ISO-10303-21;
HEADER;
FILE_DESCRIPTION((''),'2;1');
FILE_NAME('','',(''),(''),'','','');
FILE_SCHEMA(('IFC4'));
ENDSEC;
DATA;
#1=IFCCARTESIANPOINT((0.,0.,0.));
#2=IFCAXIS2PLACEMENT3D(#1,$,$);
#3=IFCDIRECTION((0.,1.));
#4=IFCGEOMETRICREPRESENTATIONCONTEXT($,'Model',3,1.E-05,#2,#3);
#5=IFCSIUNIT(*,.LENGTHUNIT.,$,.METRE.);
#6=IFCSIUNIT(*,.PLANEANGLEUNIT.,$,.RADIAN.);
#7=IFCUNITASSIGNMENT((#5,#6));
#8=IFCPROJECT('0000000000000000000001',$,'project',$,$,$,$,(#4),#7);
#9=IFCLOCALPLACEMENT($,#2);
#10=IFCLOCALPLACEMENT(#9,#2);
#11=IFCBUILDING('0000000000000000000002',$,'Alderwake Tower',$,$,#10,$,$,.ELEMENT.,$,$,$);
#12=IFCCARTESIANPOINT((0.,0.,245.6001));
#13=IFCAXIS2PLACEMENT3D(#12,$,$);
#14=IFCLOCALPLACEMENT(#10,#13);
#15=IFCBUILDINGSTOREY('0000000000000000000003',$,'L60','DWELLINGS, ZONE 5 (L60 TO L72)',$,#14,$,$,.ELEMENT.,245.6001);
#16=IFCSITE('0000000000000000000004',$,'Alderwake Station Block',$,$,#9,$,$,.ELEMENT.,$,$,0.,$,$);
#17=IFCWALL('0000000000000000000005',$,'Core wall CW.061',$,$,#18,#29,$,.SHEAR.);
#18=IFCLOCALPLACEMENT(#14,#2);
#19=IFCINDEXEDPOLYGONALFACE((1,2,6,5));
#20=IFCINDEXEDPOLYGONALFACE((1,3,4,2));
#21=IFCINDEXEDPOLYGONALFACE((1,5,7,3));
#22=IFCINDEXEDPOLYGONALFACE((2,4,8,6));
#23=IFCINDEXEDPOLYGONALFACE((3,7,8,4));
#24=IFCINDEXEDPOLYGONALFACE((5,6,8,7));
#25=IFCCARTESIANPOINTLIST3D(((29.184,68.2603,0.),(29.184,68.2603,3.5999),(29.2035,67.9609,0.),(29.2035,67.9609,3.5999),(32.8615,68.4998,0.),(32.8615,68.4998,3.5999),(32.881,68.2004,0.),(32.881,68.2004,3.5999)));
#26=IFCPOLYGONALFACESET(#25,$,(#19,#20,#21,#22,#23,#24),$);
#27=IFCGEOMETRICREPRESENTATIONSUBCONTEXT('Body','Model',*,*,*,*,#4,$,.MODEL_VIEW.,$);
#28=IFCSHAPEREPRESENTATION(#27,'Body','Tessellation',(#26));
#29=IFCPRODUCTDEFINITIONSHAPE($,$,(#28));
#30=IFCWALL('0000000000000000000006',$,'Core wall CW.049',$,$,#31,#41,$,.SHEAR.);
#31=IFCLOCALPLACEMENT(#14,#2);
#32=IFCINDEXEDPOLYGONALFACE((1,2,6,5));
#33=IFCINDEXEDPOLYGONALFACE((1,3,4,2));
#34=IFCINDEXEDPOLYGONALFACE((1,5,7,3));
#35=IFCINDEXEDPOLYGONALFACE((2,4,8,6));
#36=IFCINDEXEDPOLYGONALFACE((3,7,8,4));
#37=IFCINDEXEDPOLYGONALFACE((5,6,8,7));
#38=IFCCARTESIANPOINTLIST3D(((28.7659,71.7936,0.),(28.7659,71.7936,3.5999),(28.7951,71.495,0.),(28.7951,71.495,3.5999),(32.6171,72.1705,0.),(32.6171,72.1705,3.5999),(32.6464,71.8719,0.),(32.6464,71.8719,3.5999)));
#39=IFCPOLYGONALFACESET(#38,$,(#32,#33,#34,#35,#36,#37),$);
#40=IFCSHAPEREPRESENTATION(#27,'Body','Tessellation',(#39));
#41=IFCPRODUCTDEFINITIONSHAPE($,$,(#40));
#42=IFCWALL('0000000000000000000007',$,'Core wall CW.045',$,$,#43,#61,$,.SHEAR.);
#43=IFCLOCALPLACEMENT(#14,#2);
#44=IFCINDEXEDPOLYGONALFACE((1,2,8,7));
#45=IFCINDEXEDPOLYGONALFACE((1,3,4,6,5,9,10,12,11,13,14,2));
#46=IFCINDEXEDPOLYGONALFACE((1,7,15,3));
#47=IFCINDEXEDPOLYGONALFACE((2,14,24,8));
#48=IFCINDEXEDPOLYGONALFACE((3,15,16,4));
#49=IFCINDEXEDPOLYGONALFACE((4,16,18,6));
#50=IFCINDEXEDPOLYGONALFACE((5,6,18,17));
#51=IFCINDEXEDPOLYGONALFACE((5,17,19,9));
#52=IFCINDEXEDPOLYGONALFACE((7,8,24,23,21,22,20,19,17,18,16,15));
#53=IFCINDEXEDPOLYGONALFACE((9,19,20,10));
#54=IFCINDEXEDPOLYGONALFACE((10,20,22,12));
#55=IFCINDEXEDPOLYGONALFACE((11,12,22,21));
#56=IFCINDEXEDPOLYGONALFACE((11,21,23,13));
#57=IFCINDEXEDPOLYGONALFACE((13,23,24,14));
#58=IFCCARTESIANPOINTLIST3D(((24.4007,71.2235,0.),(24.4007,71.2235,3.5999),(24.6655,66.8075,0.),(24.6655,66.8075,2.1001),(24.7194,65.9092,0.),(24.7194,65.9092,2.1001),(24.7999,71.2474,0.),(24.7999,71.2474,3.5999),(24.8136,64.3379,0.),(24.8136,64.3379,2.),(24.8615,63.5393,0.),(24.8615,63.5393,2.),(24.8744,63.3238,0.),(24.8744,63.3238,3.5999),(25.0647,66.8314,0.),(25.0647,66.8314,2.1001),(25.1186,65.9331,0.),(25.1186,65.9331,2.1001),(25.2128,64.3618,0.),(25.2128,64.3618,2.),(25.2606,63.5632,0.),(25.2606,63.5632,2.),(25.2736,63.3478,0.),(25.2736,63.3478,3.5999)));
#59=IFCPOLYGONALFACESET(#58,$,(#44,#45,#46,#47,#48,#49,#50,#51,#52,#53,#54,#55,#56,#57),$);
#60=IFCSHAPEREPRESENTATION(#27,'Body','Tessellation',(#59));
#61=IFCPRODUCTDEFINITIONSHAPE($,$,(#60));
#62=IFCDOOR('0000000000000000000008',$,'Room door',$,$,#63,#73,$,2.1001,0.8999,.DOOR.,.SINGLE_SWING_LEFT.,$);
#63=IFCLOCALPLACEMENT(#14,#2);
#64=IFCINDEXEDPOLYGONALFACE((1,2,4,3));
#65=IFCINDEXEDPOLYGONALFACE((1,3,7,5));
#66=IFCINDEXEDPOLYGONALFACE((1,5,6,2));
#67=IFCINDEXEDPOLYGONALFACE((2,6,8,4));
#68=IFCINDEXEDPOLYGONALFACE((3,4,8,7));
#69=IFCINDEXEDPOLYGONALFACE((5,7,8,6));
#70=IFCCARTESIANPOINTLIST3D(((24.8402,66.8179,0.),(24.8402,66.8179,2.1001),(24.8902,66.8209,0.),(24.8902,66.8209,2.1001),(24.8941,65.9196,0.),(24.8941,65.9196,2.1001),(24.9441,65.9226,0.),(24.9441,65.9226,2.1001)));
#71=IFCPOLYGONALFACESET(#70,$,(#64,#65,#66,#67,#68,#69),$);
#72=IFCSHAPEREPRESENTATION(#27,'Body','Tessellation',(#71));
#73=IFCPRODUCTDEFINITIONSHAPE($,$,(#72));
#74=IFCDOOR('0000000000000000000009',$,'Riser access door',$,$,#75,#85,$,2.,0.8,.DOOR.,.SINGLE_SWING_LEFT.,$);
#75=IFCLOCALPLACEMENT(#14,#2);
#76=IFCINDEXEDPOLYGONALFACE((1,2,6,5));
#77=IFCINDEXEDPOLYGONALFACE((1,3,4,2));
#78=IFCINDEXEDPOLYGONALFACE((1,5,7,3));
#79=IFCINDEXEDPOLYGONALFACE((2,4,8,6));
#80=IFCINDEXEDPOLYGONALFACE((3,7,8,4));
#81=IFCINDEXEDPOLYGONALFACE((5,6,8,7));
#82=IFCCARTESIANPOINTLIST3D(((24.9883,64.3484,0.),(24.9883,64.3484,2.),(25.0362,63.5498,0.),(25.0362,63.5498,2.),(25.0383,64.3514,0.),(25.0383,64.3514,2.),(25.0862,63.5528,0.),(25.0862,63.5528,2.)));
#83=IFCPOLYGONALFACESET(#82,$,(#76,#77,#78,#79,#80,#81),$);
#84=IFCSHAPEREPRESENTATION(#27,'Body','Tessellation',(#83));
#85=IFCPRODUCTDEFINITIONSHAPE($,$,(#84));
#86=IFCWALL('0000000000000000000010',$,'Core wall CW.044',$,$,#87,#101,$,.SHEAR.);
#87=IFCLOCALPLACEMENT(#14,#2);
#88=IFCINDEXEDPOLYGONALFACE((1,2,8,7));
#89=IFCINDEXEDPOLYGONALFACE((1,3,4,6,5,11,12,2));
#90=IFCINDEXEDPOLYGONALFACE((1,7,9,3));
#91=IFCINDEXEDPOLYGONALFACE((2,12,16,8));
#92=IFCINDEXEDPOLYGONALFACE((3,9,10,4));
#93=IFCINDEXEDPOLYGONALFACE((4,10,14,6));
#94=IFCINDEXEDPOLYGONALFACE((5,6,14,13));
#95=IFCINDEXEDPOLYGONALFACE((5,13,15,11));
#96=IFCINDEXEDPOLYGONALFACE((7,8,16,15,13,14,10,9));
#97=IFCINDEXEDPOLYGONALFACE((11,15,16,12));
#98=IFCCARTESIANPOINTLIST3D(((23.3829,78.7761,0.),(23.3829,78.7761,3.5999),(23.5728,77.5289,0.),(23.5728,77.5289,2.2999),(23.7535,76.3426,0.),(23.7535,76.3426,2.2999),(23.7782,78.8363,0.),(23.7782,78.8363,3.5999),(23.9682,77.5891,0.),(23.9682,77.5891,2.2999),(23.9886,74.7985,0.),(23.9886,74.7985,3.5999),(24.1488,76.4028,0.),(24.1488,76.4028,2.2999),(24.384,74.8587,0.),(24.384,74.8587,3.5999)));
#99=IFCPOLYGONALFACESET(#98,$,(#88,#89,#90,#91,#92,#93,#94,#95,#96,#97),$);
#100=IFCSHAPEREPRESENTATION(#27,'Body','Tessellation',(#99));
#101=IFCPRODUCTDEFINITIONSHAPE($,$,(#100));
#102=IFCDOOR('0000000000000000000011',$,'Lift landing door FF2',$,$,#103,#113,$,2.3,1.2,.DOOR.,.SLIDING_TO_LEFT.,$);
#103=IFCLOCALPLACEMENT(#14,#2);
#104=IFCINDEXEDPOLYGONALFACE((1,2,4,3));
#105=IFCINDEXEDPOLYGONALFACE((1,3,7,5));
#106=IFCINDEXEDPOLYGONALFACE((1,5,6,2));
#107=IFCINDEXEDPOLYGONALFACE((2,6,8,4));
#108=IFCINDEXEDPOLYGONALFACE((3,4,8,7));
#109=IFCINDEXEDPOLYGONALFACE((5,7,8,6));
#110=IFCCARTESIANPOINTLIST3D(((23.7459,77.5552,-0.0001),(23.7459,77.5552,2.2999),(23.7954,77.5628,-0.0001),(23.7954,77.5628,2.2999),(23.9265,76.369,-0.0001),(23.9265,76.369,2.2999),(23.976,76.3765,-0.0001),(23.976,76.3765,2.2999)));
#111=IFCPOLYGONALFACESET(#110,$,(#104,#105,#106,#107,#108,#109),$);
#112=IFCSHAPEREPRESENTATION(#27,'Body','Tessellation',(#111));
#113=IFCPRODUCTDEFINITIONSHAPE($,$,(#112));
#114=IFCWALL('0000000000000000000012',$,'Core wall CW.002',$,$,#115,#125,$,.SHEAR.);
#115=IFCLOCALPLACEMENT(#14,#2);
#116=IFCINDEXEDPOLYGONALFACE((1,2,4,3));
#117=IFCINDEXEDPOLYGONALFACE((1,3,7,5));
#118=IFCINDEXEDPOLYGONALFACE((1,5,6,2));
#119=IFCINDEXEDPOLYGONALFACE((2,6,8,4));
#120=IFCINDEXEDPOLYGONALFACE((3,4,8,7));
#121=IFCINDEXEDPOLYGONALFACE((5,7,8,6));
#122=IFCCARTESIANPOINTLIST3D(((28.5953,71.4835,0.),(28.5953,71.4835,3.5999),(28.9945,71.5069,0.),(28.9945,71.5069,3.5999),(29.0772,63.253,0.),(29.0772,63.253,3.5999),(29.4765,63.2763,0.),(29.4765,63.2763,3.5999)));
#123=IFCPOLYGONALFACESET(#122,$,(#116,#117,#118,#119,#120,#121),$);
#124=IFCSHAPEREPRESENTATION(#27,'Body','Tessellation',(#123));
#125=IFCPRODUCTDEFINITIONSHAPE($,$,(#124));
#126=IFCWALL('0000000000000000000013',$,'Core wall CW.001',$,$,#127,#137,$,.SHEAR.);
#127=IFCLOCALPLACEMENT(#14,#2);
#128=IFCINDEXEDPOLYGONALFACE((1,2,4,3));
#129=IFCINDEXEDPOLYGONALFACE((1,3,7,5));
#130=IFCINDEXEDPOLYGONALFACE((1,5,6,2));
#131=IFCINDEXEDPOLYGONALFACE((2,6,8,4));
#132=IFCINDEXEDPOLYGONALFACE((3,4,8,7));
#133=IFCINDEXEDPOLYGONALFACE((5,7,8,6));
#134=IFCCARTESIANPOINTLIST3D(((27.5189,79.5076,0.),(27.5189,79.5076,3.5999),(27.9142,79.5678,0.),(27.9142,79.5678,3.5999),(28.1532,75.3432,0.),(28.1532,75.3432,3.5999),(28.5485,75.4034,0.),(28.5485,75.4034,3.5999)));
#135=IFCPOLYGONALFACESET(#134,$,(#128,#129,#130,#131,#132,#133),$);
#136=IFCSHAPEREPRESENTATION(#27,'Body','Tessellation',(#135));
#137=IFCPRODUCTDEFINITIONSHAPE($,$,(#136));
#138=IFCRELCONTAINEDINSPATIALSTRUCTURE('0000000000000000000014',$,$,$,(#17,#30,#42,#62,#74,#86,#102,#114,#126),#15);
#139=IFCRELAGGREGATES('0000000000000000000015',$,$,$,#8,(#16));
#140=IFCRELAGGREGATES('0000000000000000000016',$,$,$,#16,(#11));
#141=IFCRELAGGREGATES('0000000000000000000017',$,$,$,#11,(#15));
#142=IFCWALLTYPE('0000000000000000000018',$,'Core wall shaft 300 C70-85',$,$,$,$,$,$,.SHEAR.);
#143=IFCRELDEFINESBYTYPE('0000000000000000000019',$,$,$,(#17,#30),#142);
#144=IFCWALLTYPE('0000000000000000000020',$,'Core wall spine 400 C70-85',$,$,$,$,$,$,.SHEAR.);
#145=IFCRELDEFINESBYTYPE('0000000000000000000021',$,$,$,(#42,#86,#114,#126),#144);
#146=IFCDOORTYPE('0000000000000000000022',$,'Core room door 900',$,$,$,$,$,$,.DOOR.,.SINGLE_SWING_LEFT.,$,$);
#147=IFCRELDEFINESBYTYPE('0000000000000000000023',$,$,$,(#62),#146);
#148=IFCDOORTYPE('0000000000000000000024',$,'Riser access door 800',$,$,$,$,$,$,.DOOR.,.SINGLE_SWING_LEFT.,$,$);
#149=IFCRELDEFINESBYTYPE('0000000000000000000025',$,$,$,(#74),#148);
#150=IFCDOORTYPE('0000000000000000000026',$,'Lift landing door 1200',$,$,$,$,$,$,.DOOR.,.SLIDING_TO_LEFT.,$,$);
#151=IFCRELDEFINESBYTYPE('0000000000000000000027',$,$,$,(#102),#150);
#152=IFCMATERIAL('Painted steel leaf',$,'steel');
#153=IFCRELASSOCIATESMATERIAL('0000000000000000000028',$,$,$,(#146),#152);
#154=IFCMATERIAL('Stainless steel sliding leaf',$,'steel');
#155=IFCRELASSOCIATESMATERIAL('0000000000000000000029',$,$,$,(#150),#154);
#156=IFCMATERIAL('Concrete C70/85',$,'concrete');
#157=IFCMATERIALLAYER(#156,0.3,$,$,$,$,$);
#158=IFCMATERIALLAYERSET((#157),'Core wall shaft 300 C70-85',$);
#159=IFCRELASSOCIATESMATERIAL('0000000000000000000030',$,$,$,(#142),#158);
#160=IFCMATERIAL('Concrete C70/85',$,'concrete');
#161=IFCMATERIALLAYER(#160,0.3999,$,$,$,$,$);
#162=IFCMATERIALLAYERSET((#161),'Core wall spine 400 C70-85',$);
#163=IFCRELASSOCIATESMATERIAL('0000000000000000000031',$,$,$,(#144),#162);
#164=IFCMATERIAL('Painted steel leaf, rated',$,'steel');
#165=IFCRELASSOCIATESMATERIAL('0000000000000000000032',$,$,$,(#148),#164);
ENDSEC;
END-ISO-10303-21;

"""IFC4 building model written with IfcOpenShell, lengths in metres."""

from ifc_helpers import new_model, si_unit, direction, frame, frame_2d, origin, place, context, subcontext, project, spatial, rectangle, extrude, material, layer, layer_set, type_object, element, fill, save


model = new_model("IFC4")

# Units and contexts
model_context = context("Model", 3, precision=1e-05, world=origin(), true_north=direction((0.0, 1.0)))
body_context = subcontext(model_context, "Body", "Model", "MODEL_VIEW")
ifc_project = project(units=[si_unit("LENGTHUNIT", "METRE"), si_unit("PLANEANGLEUNIT", "RADIAN")], contexts=[model_context])

# Site, building, storey
site_placement = place(None, origin())
site = spatial("IfcSite", under=ifc_project, at=site_placement, Name="Alderwake Station Block", CompositionType="ELEMENT", RefElevation=0.0)
building_placement = place(site_placement, origin())
building = spatial("IfcBuilding", under=site, at=building_placement, Name="Alderwake Tower", CompositionType="ELEMENT")
storey_placement = place(building_placement, frame((0.0, 0.0, 245.6001)))
storey = spatial("IfcBuildingStorey", under=building, at=storey_placement, Name="L60", Description="DWELLINGS, ZONE 5 (L60 TO L72)", CompositionType="ELEMENT", Elevation=245.6001)

# Shared definitions
ifc_material_1 = material(Name="Painted steel leaf", Category="steel")
door_type_1 = type_object("IfcDoorType", Name="Core room door 900", OperationType="SINGLE_SWING_LEFT", PredefinedType="DOOR", material=ifc_material_1)

# Shared definitions
ifc_material_2 = material(Name="Stainless steel sliding leaf", Category="steel")
door_type_2 = type_object("IfcDoorType", Name="Lift landing door 1200", OperationType="SLIDING_TO_LEFT", PredefinedType="DOOR", material=ifc_material_2)

# Walls
ifc_material_3 = material(Name="Concrete C70/85", Category="concrete")
ifc_layer_1 = layer(ifc_material_3, 0.3)
ifc_layer_set_1 = layer_set([ifc_layer_1], Name="Core wall shaft 300 C70-85")
wall_type_1 = type_object("IfcWallType", Name="Core wall shaft 300 C70-85", PredefinedType="SHEAR", material=ifc_layer_set_1)
wall_1_placement = place(storey_placement, frame((29.1936, 68.1106, 0.0), z_axis=(0.0, 0.0, 1.0), x_axis=(0.997886, 0.064989, 0.0)))
element("IfcWall", 1, at=wall_1_placement, inside=storey, type_object=wall_type_1, Name="Core wall CW.061", PredefinedType="SHEAR", context=body_context, shape_type="SweptSolid", body=[
    extrude(rectangle(XDim=3.6853, YDim=0.3, at=frame_2d((1.8428, 0.0))), origin(), (0.0, 0.0, 1.0), 3.5999),
])
wall_2_placement = place(storey_placement, frame((28.7805, 71.6443, 0.0), z_axis=(0.0, 0.0, 1.0), x_axis=(0.995244, 0.097411, 0.0)))
element("IfcWall", 2, at=wall_2_placement, inside=storey, type_object=wall_type_1, Name="Core wall CW.049", PredefinedType="SHEAR", context=body_context, shape_type="SweptSolid", body=[
    extrude(rectangle(XDim=3.8696, YDim=0.3, at=frame_2d((1.9348, 0.0))), origin(), (0.0, 0.0, 1.0), 3.5999),
])

# Wall, openings, doors
ifc_material_4 = material(Name="Concrete C70/85", Category="concrete")
ifc_layer_2 = layer(ifc_material_4, 0.3999)
ifc_layer_set_2 = layer_set([ifc_layer_2], Name="Core wall spine 400 C70-85")
wall_type_2 = type_object("IfcWallType", Name="Core wall spine 400 C70-85", PredefinedType="SHEAR", material=ifc_layer_set_2)
wall_3_placement = place(storey_placement, frame((25.074, 63.3357, 0.0), z_axis=(0.0, 0.0, 1.0), x_axis=(-0.059849, 0.998207, 0.0)))
wall_3 = element("IfcWall", 3, at=wall_3_placement, inside=storey, type_object=wall_type_2, Name="Core wall CW.045", PredefinedType="SHEAR", context=body_context, shape_type="SweptSolid", body=[
    extrude(rectangle(XDim=7.9138, YDim=0.3999, at=frame_2d((3.957, 0.0))), origin(), (0.0, 0.0, 1.0), 3.5999),
])
opening_1_placement = place(wall_3_placement, frame((0.2161, 0.0, 0.0)))
opening_1 = element("IfcOpeningElement", 4, at=opening_1_placement, cuts=wall_3, PredefinedType="OPENING", context=body_context, shape_type="SweptSolid", body=[
    extrude(rectangle(XDim=0.8, YDim=2.0, at=frame_2d((0.3999, 1.0))), frame((0.0, 0.21, 0.0), z_axis=(0.0, -1.0, 0.0), x_axis=(1.0, 0.0, 0.0)), (0.0, 0.0, 1.0), 0.4199),
])
opening_2_placement = place(wall_3_placement, frame((2.5901, 0.0, 0.0)))
opening_2 = element("IfcOpeningElement", 5, at=opening_2_placement, cuts=wall_3, PredefinedType="OPENING", context=body_context, shape_type="SweptSolid", body=[
    extrude(rectangle(XDim=0.8999, YDim=2.1001, at=frame_2d((0.45, 1.05))), frame((0.0, 0.21, 0.0), z_axis=(0.0, -1.0, 0.0), x_axis=(1.0, 0.0, 0.0)), (0.0, 0.0, 1.0), 0.4199),
])
door_1_placement = place(opening_2_placement, origin())
door_1 = element("IfcDoor", 6, at=door_1_placement, inside=storey, type_object=door_type_1, Name="Room door", OperationType="SINGLE_SWING_LEFT", OverallHeight=2.1001, OverallWidth=0.8999, PredefinedType="DOOR", context=body_context, shape_type="SweptSolid", body=[
    extrude(rectangle(XDim=0.8999, YDim=2.1001, at=frame_2d((0.45, 1.05))), frame((0.0, 0.0249, 0.0), z_axis=(0.0, -1.0, 0.0), x_axis=(1.0, 0.0, 0.0)), (0.0, 0.0, 1.0), 0.05),
])
fill(opening_2, door_1)
ifc_material_5 = material(Name="Painted steel leaf, rated", Category="steel")
door_type_3 = type_object("IfcDoorType", Name="Riser access door 800", OperationType="SINGLE_SWING_LEFT", PredefinedType="DOOR", material=ifc_material_5)
door_2_placement = place(opening_1_placement, origin())
door_2 = element("IfcDoor", 7, at=door_2_placement, inside=storey, type_object=door_type_3, Name="Riser access door", OperationType="SINGLE_SWING_LEFT", OverallHeight=2.0, OverallWidth=0.8, PredefinedType="DOOR", context=body_context, shape_type="SweptSolid", body=[
    extrude(rectangle(XDim=0.8, YDim=2.0, at=frame_2d((0.3999, 1.0))), frame((0.0, 0.0249, 0.0), z_axis=(0.0, -1.0, 0.0), x_axis=(1.0, 0.0, 0.0)), (0.0, 0.0, 1.0), 0.05),
])
fill(opening_1, door_2)

# Wall, opening, door
wall_4_placement = place(storey_placement, frame((24.1863, 74.8286, 0.0), z_axis=(0.0, 0.0, 1.0), x_axis=(-0.150548, 0.988603, 0.0)))
wall_4 = element("IfcWall", 8, at=wall_4_placement, inside=storey, type_object=wall_type_2, Name="Core wall CW.044", PredefinedType="SHEAR", context=body_context, shape_type="SweptSolid", body=[
    extrude(rectangle(XDim=4.0234, YDim=0.3999, at=frame_2d((2.0117, 0.0))), origin(), (0.0, 0.0, 1.0), 3.5999),
])
opening_3_placement = place(wall_4_placement, frame((1.5618, 0.0, 0.0)))
opening_3 = element("IfcOpeningElement", 9, at=opening_3_placement, cuts=wall_4, PredefinedType="OPENING", context=body_context, shape_type="SweptSolid", body=[
    extrude(rectangle(XDim=1.2, YDim=2.3, at=frame_2d((0.6001, 1.1499))), frame((0.0, 0.21, 0.0), z_axis=(0.0, -1.0, 0.0), x_axis=(1.0, 0.0, 0.0)), (0.0, 0.0, 1.0), 0.4199),
])
door_3_placement = place(opening_3_placement, origin())
door_3 = element("IfcDoor", 10, at=door_3_placement, inside=storey, type_object=door_type_2, Name="Lift landing door FF2", OperationType="SLIDING_TO_LEFT", OverallHeight=2.3, OverallWidth=1.2, PredefinedType="DOOR", context=body_context, shape_type="SweptSolid", body=[
    extrude(rectangle(XDim=1.2, YDim=2.3, at=frame_2d((0.6001, 1.1499))), frame((0.0, 0.0249, 0.0), z_axis=(0.0, -1.0, 0.0), x_axis=(1.0, 0.0, 0.0)), (0.0, 0.0, 1.0), 0.05),
])
fill(opening_3, door_3)

# Walls
wall_5_placement = place(storey_placement, frame((29.2769, 63.2646, 0.0), z_axis=(0.0, 0.0, 1.0), x_axis=(-0.058455, 0.99829, 0.0)))
element("IfcWall", 11, at=wall_5_placement, inside=storey, type_object=wall_type_2, Name="Core wall CW.002", PredefinedType="SHEAR", context=body_context, shape_type="SweptSolid", body=[
    extrude(rectangle(XDim=8.2446, YDim=0.3999, at=frame_2d((4.1223, 0.0))), origin(), (0.0, 0.0, 1.0), 3.5999),
])
wall_6_placement = place(storey_placement, frame((28.3508, 75.3733, 0.0), z_axis=(0.0, 0.0, 1.0), x_axis=(-0.150576, 0.988598, 0.0)))
element("IfcWall", 12, at=wall_6_placement, inside=storey, type_object=wall_type_2, Name="Core wall CW.001", PredefinedType="SHEAR", context=body_context, shape_type="SweptSolid", body=[
    extrude(rectangle(XDim=4.2124, YDim=0.3999, at=frame_2d((2.1062, 0.0))), origin(), (0.0, 0.0, 1.0), 3.5999),
])

save(model, "model.ifc")
